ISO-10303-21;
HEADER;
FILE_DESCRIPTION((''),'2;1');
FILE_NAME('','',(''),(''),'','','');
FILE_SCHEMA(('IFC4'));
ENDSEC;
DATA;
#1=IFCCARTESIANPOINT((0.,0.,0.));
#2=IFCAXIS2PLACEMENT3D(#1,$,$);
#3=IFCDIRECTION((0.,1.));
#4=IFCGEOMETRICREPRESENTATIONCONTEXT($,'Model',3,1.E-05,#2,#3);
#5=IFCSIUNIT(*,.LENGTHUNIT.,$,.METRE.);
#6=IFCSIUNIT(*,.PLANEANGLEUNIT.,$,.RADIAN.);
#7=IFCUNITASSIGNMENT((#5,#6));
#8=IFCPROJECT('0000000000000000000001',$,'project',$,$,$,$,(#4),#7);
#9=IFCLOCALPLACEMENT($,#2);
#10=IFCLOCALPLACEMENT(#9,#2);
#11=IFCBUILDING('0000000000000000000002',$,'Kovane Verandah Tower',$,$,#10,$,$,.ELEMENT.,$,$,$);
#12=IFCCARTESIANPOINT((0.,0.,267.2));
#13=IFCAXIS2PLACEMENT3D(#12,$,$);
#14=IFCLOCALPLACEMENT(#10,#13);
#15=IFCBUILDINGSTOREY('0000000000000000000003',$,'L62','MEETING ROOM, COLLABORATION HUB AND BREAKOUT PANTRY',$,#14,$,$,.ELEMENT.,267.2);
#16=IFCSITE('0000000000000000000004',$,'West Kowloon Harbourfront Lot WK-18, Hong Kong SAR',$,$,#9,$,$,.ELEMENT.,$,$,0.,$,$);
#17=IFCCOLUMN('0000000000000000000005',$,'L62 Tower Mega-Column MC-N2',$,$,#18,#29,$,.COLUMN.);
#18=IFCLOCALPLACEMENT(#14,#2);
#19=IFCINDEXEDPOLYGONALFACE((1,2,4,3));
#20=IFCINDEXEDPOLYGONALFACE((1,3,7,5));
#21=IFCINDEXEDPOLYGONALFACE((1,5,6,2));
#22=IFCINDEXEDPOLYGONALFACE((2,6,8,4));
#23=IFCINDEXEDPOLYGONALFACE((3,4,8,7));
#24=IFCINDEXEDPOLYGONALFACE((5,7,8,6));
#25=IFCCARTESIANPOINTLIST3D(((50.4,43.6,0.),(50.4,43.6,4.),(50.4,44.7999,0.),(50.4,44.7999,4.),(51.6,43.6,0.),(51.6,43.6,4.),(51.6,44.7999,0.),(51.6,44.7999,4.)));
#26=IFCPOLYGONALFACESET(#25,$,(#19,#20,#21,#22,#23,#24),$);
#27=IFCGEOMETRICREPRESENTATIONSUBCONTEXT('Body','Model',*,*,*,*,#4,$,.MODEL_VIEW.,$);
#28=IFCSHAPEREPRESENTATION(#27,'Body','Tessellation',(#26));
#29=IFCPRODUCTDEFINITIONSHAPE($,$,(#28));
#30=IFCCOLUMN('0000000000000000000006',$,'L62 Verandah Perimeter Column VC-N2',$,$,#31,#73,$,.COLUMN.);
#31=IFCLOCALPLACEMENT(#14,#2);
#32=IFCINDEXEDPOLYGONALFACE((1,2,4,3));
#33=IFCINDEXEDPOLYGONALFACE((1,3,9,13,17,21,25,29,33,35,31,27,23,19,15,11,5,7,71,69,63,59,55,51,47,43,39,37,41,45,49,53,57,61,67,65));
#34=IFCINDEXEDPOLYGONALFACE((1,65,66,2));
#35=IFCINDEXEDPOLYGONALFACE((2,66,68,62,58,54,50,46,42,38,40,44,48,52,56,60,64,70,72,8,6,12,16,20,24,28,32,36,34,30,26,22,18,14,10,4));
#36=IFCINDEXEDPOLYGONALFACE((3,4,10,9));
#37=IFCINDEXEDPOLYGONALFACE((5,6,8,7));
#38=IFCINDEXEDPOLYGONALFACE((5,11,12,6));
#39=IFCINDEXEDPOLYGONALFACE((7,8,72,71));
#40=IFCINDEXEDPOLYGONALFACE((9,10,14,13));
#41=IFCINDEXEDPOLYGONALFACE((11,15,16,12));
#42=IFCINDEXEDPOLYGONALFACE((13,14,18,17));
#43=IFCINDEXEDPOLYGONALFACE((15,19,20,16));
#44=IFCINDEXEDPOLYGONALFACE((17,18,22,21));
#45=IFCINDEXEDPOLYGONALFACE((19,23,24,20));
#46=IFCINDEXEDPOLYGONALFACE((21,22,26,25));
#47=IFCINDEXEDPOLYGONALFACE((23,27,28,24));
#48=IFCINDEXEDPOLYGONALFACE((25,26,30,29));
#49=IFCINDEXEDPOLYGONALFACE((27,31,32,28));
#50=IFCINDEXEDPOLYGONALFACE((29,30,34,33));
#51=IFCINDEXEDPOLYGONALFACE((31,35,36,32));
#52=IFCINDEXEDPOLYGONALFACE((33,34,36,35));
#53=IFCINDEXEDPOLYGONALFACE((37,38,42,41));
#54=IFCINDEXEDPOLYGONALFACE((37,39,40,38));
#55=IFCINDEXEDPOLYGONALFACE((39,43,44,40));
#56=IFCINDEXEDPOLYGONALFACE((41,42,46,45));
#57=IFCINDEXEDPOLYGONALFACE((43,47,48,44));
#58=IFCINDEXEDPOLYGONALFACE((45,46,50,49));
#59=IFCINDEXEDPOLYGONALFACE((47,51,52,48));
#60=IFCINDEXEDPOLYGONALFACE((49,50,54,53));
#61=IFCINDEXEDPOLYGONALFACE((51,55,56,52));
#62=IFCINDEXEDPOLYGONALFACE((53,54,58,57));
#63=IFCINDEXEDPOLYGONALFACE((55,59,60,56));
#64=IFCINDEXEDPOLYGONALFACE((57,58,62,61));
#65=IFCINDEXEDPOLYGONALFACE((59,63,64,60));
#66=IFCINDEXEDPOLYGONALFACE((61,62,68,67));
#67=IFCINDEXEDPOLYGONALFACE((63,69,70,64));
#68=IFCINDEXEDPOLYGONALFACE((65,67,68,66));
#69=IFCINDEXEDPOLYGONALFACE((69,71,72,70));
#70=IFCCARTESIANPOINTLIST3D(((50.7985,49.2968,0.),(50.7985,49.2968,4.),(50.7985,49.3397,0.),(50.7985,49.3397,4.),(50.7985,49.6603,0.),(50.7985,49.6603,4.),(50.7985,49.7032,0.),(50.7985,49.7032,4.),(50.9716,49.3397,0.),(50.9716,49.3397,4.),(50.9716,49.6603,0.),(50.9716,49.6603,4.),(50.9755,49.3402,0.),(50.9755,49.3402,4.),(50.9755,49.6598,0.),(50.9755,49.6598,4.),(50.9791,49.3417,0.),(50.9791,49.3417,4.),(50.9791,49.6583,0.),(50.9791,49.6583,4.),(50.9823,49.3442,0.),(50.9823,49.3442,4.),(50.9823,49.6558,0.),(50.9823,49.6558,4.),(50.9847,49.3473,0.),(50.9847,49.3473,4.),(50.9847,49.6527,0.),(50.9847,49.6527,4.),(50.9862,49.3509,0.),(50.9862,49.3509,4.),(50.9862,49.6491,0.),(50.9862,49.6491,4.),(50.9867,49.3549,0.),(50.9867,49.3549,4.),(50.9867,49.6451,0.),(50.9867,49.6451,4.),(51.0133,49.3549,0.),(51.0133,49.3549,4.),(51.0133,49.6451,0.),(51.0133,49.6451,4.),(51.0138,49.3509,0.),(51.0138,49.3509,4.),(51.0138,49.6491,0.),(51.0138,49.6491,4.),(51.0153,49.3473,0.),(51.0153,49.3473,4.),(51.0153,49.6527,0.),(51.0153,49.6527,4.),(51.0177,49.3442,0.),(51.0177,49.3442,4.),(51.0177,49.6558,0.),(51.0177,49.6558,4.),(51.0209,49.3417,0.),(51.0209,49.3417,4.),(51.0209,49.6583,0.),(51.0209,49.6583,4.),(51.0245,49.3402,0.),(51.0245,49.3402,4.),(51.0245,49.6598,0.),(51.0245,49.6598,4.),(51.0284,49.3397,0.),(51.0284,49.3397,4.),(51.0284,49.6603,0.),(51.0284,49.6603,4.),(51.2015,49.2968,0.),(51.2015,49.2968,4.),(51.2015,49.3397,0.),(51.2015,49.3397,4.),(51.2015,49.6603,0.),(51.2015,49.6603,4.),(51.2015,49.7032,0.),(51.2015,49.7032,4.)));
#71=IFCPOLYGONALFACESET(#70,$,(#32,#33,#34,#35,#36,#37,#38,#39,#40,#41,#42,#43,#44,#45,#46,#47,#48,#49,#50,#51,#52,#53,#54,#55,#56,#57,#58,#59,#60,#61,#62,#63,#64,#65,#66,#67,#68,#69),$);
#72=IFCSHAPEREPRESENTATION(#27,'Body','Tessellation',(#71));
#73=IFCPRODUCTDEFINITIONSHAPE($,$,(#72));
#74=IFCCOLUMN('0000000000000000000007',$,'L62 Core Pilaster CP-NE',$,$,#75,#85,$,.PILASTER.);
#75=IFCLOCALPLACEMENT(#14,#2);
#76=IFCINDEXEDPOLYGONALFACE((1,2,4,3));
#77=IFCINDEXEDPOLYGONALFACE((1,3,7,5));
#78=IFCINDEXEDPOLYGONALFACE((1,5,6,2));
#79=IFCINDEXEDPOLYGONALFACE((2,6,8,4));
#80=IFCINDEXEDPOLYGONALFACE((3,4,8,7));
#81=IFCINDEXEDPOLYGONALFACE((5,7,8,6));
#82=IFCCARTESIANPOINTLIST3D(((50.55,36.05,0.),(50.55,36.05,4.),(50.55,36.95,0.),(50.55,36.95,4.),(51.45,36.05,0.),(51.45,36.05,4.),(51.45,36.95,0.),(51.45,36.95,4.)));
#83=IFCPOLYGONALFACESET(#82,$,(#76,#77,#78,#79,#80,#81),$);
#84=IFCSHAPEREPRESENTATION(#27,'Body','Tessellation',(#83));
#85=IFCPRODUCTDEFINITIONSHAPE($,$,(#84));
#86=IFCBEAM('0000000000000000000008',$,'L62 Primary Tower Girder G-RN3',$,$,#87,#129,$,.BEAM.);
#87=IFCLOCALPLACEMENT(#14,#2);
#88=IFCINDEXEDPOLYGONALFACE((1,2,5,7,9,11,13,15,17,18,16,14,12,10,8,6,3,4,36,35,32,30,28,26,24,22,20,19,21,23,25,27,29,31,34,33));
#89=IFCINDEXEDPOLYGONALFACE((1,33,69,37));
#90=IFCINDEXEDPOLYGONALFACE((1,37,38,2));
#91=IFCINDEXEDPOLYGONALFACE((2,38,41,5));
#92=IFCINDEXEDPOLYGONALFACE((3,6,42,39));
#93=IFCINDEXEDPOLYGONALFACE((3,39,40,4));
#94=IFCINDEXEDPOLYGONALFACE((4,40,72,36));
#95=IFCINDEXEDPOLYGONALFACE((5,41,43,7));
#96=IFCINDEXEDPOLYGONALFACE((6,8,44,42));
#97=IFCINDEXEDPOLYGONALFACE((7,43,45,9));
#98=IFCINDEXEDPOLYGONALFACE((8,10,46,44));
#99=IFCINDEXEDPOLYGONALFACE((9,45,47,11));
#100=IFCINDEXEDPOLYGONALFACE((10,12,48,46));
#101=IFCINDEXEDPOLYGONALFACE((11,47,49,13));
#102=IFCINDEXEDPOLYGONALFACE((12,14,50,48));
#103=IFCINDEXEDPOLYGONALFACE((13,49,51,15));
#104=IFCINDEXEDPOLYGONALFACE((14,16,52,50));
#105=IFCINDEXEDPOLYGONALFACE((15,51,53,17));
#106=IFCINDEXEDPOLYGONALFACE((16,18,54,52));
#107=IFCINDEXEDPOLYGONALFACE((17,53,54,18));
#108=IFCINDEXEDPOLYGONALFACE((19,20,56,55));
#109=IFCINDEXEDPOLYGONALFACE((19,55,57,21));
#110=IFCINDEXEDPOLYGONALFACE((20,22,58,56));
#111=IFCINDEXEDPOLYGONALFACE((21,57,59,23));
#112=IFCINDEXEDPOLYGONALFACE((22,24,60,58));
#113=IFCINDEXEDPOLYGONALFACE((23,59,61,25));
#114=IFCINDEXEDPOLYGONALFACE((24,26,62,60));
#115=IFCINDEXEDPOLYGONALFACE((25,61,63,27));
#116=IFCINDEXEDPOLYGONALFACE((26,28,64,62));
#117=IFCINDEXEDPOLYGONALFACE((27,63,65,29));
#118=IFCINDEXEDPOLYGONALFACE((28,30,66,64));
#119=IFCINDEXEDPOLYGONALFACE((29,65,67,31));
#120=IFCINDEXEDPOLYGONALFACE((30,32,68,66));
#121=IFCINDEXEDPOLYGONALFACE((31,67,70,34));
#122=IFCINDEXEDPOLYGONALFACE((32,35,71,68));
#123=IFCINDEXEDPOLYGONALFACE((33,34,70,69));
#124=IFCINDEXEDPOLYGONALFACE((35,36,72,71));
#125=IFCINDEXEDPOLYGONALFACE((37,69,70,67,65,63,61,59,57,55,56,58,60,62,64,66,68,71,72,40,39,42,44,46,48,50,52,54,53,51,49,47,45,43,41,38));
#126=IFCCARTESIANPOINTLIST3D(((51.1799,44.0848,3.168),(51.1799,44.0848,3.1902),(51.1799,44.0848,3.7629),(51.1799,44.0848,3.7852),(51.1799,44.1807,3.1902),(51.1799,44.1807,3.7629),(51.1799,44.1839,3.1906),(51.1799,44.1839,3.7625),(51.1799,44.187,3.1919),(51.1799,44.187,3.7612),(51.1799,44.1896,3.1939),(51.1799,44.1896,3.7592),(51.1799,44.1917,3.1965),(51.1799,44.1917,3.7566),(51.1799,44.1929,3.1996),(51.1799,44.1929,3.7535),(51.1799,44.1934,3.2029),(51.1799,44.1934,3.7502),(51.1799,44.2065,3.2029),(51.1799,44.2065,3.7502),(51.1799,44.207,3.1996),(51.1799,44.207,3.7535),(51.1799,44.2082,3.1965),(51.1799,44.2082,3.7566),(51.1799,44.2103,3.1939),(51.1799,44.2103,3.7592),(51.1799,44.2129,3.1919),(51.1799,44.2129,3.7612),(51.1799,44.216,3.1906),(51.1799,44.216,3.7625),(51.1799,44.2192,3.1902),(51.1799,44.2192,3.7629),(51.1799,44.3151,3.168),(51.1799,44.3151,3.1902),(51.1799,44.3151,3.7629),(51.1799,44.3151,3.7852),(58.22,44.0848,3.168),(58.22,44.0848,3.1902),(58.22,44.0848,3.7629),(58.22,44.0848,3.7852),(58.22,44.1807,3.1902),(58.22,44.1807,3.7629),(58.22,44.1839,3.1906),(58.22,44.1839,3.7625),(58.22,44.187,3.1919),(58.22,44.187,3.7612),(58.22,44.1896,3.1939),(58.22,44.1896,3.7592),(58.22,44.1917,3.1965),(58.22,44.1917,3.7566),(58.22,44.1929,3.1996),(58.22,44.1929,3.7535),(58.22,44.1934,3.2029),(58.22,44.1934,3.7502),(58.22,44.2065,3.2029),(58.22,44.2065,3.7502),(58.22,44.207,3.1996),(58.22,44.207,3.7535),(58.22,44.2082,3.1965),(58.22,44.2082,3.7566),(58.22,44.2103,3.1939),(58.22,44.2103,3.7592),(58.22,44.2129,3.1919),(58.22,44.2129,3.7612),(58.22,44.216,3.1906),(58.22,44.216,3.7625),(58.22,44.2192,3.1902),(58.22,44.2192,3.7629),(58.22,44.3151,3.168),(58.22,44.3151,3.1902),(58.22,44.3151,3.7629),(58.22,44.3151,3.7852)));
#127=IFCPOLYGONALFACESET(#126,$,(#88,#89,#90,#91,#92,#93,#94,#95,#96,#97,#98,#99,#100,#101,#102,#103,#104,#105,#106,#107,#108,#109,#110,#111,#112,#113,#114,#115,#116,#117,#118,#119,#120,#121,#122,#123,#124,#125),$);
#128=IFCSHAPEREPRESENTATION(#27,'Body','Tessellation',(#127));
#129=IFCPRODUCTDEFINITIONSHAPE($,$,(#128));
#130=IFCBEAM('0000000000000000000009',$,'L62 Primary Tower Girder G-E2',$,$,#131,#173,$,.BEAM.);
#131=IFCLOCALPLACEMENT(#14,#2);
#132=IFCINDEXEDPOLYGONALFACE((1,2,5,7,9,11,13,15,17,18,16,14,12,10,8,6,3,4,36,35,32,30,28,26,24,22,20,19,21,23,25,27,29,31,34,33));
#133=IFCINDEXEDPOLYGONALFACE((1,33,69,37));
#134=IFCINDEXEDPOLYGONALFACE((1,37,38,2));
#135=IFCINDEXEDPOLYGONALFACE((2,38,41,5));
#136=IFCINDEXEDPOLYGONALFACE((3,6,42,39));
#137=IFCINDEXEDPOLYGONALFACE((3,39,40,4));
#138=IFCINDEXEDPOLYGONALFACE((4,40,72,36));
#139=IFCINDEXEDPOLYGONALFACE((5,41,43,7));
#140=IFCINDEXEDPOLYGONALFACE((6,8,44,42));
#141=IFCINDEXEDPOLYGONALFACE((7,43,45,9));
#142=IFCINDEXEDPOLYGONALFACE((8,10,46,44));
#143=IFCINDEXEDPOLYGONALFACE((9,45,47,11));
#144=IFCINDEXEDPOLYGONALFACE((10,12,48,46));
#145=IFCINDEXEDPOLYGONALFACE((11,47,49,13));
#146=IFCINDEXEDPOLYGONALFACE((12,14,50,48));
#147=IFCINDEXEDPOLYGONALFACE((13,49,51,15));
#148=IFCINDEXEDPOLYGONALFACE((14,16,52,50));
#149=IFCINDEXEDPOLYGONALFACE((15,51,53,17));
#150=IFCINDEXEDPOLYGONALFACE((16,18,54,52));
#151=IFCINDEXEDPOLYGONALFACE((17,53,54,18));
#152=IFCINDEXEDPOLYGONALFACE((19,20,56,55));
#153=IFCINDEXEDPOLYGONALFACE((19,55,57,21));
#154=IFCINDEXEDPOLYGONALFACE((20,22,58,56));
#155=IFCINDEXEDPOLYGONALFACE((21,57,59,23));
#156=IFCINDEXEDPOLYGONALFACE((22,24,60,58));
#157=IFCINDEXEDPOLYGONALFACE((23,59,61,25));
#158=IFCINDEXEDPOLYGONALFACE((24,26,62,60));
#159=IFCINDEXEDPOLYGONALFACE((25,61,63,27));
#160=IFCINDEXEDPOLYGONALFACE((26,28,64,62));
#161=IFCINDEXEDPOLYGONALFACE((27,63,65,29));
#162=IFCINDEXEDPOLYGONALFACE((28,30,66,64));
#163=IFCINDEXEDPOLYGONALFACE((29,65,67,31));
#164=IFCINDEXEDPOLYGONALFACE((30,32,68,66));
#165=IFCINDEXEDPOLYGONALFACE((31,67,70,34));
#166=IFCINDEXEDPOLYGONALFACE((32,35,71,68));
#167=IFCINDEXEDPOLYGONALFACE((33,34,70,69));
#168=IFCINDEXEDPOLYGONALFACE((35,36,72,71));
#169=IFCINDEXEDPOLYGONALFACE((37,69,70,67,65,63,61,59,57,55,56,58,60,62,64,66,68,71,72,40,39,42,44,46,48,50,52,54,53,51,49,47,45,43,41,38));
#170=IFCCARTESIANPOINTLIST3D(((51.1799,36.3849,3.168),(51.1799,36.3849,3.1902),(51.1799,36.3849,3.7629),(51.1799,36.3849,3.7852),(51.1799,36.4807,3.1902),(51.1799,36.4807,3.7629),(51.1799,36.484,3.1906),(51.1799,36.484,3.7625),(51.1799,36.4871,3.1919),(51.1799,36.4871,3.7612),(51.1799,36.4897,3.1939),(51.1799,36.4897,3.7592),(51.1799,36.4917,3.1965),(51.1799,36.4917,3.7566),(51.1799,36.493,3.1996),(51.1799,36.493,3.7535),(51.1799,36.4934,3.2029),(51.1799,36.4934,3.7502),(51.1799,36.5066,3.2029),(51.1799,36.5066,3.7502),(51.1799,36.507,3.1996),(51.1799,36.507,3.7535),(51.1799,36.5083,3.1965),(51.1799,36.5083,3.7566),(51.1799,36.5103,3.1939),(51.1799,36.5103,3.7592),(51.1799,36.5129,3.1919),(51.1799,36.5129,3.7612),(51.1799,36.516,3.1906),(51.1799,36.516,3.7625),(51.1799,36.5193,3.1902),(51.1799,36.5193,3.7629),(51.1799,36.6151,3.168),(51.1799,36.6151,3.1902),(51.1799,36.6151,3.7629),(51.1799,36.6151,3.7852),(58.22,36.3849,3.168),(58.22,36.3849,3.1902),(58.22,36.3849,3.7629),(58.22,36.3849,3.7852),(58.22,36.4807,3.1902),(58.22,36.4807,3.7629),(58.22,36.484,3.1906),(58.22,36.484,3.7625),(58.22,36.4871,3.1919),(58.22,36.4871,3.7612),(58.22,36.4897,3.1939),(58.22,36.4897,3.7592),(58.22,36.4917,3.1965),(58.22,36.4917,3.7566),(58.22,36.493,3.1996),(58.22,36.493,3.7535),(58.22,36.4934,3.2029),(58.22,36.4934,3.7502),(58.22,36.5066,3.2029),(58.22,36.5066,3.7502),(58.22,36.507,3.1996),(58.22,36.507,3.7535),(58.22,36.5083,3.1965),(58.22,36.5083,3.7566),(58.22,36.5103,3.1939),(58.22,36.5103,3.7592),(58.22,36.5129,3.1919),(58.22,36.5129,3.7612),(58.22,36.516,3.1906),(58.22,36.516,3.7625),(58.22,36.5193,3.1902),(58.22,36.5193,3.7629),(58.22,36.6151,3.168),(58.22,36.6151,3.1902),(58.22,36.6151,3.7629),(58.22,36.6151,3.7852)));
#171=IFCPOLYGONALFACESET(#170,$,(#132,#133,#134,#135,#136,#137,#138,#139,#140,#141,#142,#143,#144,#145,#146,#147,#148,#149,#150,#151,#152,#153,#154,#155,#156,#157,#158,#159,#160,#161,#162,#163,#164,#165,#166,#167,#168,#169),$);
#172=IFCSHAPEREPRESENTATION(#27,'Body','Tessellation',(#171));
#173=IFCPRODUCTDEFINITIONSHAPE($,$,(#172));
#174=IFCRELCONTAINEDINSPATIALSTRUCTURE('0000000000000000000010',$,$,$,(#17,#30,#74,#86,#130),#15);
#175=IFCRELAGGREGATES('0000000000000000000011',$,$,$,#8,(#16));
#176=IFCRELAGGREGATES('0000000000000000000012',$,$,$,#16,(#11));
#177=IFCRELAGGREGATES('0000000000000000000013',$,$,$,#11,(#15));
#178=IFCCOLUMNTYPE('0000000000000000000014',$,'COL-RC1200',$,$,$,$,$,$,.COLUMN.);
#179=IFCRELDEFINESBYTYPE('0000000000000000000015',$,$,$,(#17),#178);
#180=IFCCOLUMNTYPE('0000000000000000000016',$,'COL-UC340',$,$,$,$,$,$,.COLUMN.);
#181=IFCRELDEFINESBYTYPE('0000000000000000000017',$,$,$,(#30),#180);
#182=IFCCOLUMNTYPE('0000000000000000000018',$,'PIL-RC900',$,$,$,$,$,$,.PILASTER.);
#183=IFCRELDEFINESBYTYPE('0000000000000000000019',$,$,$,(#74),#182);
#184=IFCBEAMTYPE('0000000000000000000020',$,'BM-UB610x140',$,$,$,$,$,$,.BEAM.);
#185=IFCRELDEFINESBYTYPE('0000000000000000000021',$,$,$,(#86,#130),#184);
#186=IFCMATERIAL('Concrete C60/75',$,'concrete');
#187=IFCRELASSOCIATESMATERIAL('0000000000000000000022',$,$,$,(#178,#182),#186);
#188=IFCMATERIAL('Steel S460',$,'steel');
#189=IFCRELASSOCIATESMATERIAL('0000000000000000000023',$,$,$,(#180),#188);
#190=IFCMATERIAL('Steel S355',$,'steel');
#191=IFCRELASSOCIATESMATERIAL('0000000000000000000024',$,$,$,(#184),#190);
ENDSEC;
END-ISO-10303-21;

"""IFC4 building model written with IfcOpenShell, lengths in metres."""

from ifc_helpers import new_model, si_unit, direction, frame, origin, origin_2d, place, context, subcontext, project, spatial, rectangle, i_section, extrude, material, material_profile, profile_set, type_object, element, save


model = new_model("IFC4")

# Units and contexts
model_context = context("Model", 3, precision=1e-05, world=origin(), true_north=direction((0.0, 1.0)))
body_context = subcontext(model_context, "Body", "Model", "MODEL_VIEW")
ifc_project = project(units=[si_unit("LENGTHUNIT", "METRE"), si_unit("PLANEANGLEUNIT", "RADIAN")], contexts=[model_context])

# Site, building, storey
site_placement = place(None, origin())
site = spatial("IfcSite", under=ifc_project, at=site_placement, Name="West Kowloon Harbourfront Lot WK-18, Hong Kong SAR", CompositionType="ELEMENT", RefElevation=0.0)
building_placement = place(site_placement, origin())
building = spatial("IfcBuilding", under=site, at=building_placement, Name="Kovane Verandah Tower", CompositionType="ELEMENT")
storey_placement = place(building_placement, frame((0.0, 0.0, 267.2)))
storey = spatial("IfcBuildingStorey", under=building, at=storey_placement, Name="L62", Description="MEETING ROOM, COLLABORATION HUB AND BREAKOUT PANTRY", CompositionType="ELEMENT", Elevation=267.2)

# Columns
ifc_material_1 = material(Name="Concrete C60/75", Category="concrete")
ifc_material_profile_1 = material_profile(ifc_material_1, rectangle(XDim=1.2, YDim=1.2, at=origin_2d()), Name="RC1200x1200")
ifc_profile_set_1 = profile_set([ifc_material_profile_1], Name="Concrete C60/75")
column_type_1 = type_object("IfcColumnType", Name="COL-RC1200", PredefinedType="COLUMN", material=ifc_profile_set_1)
column_1_placement = place(storey_placement, frame((51.0, 44.2, 0.0), z_axis=(0.0, 0.0, 1.0), x_axis=(1.0, 0.0, 0.0)))
element("IfcColumn", 1, at=column_1_placement, inside=storey, type_object=column_type_1, Name="L62 Tower Mega-Column MC-N2", PredefinedType="COLUMN", context=body_context, shape_type="SweptSolid", body=[
    extrude(rectangle(XDim=1.2, YDim=1.2, at=origin_2d()), origin(), (0.0, 0.0, 1.0), 4.0),
])
ifc_material_2 = material(Name="Steel S460", Category="steel")
ifc_material_profile_2 = material_profile(ifc_material_2, i_section(OverallWidth=0.4031, OverallDepth=0.4065, WebThickness=0.0266, FlangeThickness=0.043, FilletRadius=0.0151, at=origin_2d()), Name="UC356x406x340")
ifc_profile_set_2 = profile_set([ifc_material_profile_2], Name="Steel S460")
column_type_2 = type_object("IfcColumnType", Name="COL-UC340", PredefinedType="COLUMN", material=ifc_profile_set_2)
column_2_placement = place(storey_placement, frame((51.0, 49.5, 0.0), z_axis=(0.0, 0.0, 1.0), x_axis=(1.0, 0.0, 0.0)))
element("IfcColumn", 2, at=column_2_placement, inside=storey, type_object=column_type_2, Name="L62 Verandah Perimeter Column VC-N2", PredefinedType="COLUMN", context=body_context, shape_type="SweptSolid", body=[
    extrude(i_section(OverallWidth=0.4031, OverallDepth=0.4065, WebThickness=0.0266, FlangeThickness=0.043, FilletRadius=0.0151, at=origin_2d()), origin(), (0.0, 0.0, 1.0), 4.0),
])
ifc_material_profile_3 = material_profile(ifc_material_1, rectangle(XDim=0.8999, YDim=0.8999, at=origin_2d()), Name="RC900x900")
ifc_profile_set_3 = profile_set([ifc_material_profile_3], Name="Concrete C60/75")
column_type_3 = type_object("IfcColumnType", Name="PIL-RC900", PredefinedType="PILASTER", material=ifc_profile_set_3)
column_3_placement = place(storey_placement, frame((51.0, 36.5, 0.0), z_axis=(0.0, 0.0, 1.0), x_axis=(1.0, 0.0, 0.0)))
element("IfcColumn", 3, at=column_3_placement, inside=storey, type_object=column_type_3, Name="L62 Core Pilaster CP-NE", PredefinedType="PILASTER", context=body_context, shape_type="SweptSolid", body=[
    extrude(rectangle(XDim=0.8999, YDim=0.8999, at=origin_2d()), origin(), (0.0, 0.0, 1.0), 4.0),
])

# Beams
ifc_material_3 = material(Name="Steel S355", Category="steel")
ifc_material_profile_4 = material_profile(ifc_material_3, i_section(OverallWidth=0.2302, OverallDepth=0.6172, WebThickness=0.0132, FlangeThickness=0.0222, FilletRadius=0.0127, at=origin_2d()), Name="UB610x229x140")
ifc_profile_set_4 = profile_set([ifc_material_profile_4], Name="Steel S355")
beam_type = type_object("IfcBeamType", Name="BM-UB610x140", PredefinedType="BEAM", material=ifc_profile_set_4)
for number, where, z_axis, x_axis, name in (
    (4, (51.1799, 44.2, 3.4766), (1.0, 0.0, 0.0), (0.0, 1.0, 0.0), "L62 Primary Tower Girder G-RN3"),
    (5, (51.1799, 36.5, 3.4766), (1.0, 0.0, 0.0), (0.0, 1.0, 0.0), "L62 Primary Tower Girder G-E2"),
):
    element("IfcBeam", number, at=place(storey_placement, frame(where, z_axis=z_axis, x_axis=x_axis)), inside=storey, type_object=beam_type, Name=name, PredefinedType="BEAM", context=body_context, shape_type="SweptSolid", body=[
        extrude(i_section(OverallWidth=0.2302, OverallDepth=0.6172, WebThickness=0.0132, FlangeThickness=0.0222, FilletRadius=0.0127, at=origin_2d()), origin(), (0.0, 0.0, 1.0), 7.04),
    ])

save(model, "model.ifc")
